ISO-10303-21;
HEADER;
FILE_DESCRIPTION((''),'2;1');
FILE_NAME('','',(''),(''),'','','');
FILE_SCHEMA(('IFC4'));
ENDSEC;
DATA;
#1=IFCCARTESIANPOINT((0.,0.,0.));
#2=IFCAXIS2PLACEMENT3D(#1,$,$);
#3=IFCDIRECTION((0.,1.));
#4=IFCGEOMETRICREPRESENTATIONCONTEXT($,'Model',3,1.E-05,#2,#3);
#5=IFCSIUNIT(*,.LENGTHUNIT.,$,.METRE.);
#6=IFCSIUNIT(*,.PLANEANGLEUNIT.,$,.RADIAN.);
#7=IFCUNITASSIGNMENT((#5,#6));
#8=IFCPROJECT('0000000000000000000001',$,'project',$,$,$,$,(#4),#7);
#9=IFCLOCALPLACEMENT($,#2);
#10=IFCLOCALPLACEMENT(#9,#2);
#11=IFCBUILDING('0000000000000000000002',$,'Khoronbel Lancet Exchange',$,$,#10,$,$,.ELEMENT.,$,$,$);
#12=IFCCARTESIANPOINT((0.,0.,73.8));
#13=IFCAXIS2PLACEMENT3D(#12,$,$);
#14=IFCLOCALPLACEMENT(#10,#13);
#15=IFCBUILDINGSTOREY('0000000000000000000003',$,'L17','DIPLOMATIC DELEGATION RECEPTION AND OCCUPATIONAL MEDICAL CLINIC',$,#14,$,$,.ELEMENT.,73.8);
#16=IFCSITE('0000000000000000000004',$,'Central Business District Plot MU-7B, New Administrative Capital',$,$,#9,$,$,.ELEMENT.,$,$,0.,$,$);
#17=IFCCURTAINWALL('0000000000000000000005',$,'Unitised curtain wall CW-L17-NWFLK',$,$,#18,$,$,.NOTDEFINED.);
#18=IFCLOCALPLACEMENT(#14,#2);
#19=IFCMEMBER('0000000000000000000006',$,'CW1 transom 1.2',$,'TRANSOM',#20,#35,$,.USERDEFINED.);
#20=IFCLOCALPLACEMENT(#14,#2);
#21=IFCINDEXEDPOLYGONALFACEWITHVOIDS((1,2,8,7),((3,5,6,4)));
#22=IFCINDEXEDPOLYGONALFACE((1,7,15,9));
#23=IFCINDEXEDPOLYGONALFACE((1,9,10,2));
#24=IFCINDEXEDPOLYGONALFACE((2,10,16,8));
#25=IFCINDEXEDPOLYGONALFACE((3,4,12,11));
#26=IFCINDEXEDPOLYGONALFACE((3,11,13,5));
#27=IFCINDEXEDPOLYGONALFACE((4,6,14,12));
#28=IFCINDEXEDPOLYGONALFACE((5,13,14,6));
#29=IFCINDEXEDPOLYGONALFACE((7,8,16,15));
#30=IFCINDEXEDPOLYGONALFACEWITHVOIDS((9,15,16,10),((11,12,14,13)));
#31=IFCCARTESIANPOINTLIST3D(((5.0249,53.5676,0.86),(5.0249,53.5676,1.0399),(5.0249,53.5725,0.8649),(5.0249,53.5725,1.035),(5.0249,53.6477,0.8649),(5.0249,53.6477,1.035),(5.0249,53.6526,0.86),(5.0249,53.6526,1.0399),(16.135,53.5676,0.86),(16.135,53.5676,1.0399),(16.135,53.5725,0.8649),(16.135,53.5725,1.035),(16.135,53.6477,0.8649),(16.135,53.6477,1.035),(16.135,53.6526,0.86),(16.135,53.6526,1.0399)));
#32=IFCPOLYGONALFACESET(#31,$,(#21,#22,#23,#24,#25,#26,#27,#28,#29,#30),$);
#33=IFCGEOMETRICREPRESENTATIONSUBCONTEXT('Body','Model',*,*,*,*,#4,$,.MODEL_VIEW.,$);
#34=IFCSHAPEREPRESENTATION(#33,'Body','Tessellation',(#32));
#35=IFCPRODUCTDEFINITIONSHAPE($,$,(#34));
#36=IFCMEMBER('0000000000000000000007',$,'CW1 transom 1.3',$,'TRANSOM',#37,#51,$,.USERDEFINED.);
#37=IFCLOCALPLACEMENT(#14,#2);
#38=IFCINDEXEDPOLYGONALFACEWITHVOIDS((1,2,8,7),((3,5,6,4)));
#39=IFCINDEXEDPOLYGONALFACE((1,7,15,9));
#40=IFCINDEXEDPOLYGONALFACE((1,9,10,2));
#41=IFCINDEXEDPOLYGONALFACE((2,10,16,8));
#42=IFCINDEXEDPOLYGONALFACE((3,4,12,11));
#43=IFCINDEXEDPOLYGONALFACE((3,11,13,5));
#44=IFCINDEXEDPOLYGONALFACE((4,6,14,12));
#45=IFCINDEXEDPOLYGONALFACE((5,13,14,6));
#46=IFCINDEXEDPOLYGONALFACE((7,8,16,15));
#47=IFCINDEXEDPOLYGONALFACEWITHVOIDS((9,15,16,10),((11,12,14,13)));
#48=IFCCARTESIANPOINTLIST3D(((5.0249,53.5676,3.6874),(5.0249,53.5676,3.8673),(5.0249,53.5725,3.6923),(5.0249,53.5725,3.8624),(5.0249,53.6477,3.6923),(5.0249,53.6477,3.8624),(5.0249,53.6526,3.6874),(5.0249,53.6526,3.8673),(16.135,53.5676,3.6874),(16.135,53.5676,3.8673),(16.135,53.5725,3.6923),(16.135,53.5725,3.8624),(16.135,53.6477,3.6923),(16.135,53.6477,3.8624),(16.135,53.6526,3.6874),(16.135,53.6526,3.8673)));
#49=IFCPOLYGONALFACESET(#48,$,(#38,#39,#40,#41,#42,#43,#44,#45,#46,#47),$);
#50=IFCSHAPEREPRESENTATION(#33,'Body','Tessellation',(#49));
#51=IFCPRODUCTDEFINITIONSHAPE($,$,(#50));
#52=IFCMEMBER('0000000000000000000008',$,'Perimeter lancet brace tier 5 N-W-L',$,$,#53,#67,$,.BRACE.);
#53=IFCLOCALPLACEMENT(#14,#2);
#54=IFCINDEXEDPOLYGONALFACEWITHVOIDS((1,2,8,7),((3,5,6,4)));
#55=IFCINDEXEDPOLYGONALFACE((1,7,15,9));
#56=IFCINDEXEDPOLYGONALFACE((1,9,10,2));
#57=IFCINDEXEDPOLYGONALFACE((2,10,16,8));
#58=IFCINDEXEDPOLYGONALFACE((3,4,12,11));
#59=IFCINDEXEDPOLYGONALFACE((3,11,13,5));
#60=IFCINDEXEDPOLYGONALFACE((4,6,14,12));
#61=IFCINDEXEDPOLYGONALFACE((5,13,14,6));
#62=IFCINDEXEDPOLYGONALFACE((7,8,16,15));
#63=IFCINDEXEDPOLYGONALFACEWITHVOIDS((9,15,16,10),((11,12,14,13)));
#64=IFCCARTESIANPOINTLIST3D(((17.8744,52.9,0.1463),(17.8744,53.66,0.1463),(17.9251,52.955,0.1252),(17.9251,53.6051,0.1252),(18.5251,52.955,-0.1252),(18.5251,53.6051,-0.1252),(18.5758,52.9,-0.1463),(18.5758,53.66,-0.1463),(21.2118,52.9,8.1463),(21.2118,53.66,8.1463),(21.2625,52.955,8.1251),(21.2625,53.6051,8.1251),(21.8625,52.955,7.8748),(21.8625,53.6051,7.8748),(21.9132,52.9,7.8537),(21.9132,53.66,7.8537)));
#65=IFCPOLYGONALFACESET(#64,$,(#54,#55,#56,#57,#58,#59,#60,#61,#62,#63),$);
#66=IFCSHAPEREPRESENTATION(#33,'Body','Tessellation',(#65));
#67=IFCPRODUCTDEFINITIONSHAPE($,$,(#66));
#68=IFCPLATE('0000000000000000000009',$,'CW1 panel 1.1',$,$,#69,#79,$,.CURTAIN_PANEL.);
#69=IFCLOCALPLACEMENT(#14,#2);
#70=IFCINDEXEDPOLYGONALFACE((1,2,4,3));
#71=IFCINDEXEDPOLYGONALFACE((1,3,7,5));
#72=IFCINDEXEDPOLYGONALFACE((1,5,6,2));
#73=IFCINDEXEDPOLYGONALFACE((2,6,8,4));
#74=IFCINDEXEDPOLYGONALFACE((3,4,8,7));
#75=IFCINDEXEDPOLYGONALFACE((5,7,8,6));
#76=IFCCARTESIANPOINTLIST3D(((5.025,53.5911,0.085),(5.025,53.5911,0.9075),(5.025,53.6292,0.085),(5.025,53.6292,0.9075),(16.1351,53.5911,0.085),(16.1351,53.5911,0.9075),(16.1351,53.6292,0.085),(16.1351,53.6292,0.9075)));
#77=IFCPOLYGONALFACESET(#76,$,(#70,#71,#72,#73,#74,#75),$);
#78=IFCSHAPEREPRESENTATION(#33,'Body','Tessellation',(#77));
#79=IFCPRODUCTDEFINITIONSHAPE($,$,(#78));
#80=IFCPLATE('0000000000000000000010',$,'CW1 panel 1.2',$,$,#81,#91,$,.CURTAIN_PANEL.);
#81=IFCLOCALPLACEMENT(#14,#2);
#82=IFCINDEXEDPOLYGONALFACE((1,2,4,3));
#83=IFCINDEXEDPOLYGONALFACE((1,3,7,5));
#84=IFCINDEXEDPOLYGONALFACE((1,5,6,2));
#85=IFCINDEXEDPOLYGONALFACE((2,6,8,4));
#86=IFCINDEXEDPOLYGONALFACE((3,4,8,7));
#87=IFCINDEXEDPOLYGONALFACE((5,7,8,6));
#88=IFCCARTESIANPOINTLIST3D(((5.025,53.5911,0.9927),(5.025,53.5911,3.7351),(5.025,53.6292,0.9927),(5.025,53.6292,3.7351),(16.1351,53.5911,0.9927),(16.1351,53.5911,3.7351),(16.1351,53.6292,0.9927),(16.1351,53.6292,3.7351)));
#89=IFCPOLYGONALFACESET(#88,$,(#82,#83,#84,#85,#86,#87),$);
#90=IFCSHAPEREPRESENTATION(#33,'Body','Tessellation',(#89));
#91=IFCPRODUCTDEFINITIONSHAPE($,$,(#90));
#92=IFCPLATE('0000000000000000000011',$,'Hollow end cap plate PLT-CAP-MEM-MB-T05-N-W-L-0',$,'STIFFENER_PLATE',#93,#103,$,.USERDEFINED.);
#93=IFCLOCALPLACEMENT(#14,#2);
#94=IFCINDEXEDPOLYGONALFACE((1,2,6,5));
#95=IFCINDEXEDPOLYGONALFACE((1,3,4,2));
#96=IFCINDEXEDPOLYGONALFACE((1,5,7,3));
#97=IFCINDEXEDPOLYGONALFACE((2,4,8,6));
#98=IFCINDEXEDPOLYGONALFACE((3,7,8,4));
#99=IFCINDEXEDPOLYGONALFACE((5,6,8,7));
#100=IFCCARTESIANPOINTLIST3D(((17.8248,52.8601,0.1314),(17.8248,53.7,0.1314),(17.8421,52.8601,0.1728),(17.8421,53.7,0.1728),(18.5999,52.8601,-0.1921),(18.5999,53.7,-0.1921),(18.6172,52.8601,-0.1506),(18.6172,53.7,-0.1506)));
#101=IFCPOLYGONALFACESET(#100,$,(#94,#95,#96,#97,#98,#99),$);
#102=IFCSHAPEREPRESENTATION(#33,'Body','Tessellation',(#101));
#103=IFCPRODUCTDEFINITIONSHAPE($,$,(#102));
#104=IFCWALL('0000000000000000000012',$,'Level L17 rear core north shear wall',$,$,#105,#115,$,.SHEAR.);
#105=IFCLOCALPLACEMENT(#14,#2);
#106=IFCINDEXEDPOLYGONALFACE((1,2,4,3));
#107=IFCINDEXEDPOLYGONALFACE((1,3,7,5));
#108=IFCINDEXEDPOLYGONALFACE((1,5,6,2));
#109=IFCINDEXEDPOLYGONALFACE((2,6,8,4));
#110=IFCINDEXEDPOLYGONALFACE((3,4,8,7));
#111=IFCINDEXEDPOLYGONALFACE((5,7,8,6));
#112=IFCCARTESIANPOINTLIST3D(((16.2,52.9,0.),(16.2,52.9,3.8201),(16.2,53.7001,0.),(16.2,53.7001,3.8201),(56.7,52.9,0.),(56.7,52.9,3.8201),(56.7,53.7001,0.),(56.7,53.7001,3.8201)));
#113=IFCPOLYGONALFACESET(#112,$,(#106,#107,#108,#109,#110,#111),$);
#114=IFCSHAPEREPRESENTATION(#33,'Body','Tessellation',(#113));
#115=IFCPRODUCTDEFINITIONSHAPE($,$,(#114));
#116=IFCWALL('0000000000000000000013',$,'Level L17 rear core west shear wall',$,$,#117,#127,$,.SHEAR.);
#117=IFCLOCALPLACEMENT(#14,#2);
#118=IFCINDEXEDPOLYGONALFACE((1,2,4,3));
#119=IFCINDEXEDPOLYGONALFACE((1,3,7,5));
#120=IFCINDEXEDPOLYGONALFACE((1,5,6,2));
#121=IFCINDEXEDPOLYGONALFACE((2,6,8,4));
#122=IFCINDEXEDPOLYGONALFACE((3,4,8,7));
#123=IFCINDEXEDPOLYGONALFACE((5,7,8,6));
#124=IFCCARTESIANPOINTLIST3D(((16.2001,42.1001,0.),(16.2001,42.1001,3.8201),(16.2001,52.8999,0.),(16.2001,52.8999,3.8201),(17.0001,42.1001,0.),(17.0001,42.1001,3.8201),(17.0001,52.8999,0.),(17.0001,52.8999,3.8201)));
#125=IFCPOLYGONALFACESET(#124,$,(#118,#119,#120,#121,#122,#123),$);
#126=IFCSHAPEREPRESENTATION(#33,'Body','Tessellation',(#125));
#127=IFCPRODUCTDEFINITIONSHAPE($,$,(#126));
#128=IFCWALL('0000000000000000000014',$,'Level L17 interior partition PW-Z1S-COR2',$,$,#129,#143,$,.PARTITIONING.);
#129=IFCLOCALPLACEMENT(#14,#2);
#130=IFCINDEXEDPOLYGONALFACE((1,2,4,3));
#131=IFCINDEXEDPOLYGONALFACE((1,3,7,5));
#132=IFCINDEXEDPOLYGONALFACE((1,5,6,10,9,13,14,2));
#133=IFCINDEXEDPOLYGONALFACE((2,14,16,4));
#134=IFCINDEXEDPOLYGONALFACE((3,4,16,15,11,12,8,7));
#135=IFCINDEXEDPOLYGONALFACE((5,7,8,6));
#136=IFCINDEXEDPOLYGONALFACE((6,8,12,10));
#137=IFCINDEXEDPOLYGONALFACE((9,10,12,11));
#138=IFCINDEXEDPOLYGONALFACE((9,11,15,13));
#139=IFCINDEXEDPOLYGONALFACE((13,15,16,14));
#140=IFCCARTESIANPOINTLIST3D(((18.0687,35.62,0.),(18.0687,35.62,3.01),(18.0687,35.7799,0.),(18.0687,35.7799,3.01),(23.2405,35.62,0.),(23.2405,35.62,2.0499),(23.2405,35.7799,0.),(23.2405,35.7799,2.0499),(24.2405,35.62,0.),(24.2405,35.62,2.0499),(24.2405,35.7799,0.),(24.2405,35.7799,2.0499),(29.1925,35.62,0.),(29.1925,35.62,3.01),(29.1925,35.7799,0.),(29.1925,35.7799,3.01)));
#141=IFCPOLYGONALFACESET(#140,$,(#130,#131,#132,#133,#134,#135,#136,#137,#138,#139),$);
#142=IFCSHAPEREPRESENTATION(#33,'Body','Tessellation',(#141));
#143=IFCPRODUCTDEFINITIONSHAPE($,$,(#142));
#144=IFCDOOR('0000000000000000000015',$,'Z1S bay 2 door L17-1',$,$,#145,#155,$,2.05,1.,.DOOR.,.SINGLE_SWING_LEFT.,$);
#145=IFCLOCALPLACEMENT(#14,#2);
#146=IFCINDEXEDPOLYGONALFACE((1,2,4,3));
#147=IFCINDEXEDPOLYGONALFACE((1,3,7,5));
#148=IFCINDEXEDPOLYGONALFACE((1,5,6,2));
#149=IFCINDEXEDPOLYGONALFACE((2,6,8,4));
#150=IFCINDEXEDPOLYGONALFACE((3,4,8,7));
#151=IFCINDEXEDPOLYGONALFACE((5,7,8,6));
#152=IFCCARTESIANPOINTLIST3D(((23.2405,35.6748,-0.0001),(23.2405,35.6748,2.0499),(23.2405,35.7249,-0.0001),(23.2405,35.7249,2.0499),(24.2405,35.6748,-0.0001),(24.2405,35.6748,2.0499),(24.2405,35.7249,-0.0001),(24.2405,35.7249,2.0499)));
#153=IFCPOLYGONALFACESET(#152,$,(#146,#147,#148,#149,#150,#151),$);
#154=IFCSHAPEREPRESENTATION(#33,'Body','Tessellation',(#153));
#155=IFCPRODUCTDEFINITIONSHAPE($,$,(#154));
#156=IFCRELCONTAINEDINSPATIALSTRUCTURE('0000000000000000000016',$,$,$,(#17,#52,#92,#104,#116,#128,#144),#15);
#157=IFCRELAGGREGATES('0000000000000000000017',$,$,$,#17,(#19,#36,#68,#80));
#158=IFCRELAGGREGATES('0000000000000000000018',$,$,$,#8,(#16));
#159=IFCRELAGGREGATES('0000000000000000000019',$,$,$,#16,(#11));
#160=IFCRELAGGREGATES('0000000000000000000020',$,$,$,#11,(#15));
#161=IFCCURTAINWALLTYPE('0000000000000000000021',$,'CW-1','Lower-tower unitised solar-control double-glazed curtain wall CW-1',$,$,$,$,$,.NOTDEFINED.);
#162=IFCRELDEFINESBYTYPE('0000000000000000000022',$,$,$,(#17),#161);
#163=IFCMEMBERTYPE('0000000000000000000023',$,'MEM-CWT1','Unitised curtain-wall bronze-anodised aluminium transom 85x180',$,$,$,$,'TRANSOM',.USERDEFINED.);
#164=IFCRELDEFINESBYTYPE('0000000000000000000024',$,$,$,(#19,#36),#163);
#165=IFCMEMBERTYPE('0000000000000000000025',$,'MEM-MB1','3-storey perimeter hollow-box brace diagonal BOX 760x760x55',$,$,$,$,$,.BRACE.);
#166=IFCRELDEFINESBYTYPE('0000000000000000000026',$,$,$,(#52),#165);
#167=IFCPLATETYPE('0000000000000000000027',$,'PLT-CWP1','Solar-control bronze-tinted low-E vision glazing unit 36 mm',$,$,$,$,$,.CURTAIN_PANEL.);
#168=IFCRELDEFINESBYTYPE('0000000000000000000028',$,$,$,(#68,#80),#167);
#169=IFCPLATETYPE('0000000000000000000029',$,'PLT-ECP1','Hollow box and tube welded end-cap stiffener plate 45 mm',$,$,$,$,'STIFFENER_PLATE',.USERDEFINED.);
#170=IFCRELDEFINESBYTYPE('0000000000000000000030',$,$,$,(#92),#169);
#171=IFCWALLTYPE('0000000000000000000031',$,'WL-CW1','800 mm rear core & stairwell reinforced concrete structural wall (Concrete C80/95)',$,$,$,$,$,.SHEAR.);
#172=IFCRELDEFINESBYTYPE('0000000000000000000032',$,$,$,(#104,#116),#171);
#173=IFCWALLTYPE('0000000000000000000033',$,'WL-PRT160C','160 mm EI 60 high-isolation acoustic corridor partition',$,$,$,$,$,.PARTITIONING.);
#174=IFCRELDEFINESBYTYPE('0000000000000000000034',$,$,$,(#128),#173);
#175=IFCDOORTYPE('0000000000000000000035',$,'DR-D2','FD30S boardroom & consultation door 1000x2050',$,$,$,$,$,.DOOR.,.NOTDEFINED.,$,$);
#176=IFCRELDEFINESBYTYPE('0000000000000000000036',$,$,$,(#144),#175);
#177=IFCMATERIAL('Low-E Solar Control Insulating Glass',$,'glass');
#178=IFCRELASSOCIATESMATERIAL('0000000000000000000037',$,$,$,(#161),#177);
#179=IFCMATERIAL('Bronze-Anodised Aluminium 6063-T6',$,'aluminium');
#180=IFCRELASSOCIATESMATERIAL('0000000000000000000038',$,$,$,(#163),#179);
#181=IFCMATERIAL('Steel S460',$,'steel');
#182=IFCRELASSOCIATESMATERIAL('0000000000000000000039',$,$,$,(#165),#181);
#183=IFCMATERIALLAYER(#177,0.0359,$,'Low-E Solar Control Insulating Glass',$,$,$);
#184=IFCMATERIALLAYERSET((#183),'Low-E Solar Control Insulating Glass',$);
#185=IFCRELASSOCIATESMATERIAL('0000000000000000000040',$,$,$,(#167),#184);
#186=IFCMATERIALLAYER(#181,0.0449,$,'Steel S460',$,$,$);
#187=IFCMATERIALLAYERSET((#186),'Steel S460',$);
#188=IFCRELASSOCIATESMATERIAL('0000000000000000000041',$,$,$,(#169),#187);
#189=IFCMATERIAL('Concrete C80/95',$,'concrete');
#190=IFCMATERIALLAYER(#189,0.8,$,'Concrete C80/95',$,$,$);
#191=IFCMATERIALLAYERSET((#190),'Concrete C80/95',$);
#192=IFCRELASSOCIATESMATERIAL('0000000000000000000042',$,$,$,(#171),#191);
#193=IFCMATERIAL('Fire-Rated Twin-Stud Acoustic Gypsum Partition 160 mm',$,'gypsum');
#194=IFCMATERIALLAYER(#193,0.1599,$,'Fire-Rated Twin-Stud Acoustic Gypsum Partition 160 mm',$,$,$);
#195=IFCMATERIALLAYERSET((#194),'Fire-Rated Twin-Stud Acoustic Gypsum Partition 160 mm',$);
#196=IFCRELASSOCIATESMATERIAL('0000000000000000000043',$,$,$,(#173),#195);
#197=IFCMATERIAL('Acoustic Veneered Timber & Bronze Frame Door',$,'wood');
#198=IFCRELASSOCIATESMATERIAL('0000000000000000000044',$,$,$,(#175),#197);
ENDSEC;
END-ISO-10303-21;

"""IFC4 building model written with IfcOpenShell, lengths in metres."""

from ifc_helpers import new_model, si_unit, direction, frame, frame_2d, origin, origin_2d, place, context, subcontext, project, spatial, polyline, rectangle, hollow_rectangle, outline, extrude, material, layer, layer_set, material_profile, profile_set, type_object, element, fill, aggregate, save


model = new_model("IFC4")

# Units and contexts
model_context = context("Model", 3, precision=1e-05, world=origin(), true_north=direction((0.0, 1.0)))
body_context = subcontext(model_context, "Body", "Model", "MODEL_VIEW")
ifc_project = project(units=[si_unit("LENGTHUNIT", "METRE"), si_unit("PLANEANGLEUNIT", "RADIAN")], contexts=[model_context])

# Site, building, storey
site_placement = place(None, origin())
site = spatial("IfcSite", under=ifc_project, at=site_placement, Name="Central Business District Plot MU-7B, New Administrative Capital", CompositionType="ELEMENT", RefElevation=0.0)
building_placement = place(site_placement, origin())
building = spatial("IfcBuilding", under=site, at=building_placement, Name="Khoronbel Lancet Exchange", CompositionType="ELEMENT")
storey_placement = place(building_placement, frame((0.0, 0.0, 73.8)))
storey = spatial("IfcBuildingStorey", under=building, at=storey_placement, Name="L17", Description="DIPLOMATIC DELEGATION RECEPTION AND OCCUPATIONAL MEDICAL CLINIC", CompositionType="ELEMENT", Elevation=73.8)

# Shared definitions
ifc_material_1 = material(Name="Steel S460", Category="steel")

# Curtain wall, members
ifc_material_2 = material(Name="Low-E Solar Control Insulating Glass", Category="glass")
curtain_wall_type = type_object("IfcCurtainWallType", Name="CW-1", Description="Lower-tower unitised solar-control double-glazed curtain wall CW-1", PredefinedType="NOTDEFINED", material=ifc_material_2)
curtain_wall_placement = place(storey_placement, origin())
curtain_wall = element("IfcCurtainWall", 1, at=curtain_wall_placement, inside=storey, type_object=curtain_wall_type, Name="Unitised curtain wall CW-L17-NWFLK", PredefinedType="NOTDEFINED")
ifc_material_3 = material(Name="Bronze-Anodised Aluminium 6063-T6", Category="aluminium")
ifc_material_profile_1 = material_profile(ifc_material_3, hollow_rectangle(XDim=0.085, YDim=0.1799, WallThickness=0.0049, at=origin_2d()), Name="ALU TRANSOM 85x180")
ifc_profile_set_1 = profile_set([ifc_material_profile_1], Name="Bronze-Anodised Aluminium 6063-T6")
member_type_1 = type_object("IfcMemberType", Name="MEM-CWT1", Description="Unitised curtain-wall bronze-anodised aluminium transom 85x180", ElementType="TRANSOM", PredefinedType="USERDEFINED", material=ifc_profile_set_1)
member_1_placement = place(storey_placement, frame((16.135, 53.6101, 0.95), z_axis=(-1.0, 0.0, 0.0), x_axis=(0.0, -1.0, 0.0)))
member_1 = element("IfcMember", 2, at=member_1_placement, type_object=member_type_1, Name="CW1 transom 1.2", ObjectType="TRANSOM", PredefinedType="USERDEFINED", context=body_context, shape_type="SweptSolid", body=[
    extrude(hollow_rectangle(XDim=0.085, YDim=0.1799, WallThickness=0.0049, at=origin_2d()), origin(), (0.0, 0.0, 1.0), 11.1101),
])
member_2_placement = place(storey_placement, frame((16.135, 53.6101, 3.7773), z_axis=(-1.0, 0.0, 0.0), x_axis=(0.0, -1.0, 0.0)))
member_2 = element("IfcMember", 3, at=member_2_placement, type_object=member_type_1, Name="CW1 transom 1.3", ObjectType="TRANSOM", PredefinedType="USERDEFINED", context=body_context, shape_type="SweptSolid", body=[
    extrude(hollow_rectangle(XDim=0.085, YDim=0.1799, WallThickness=0.0049, at=origin_2d()), origin(), (0.0, 0.0, 1.0), 11.1101),
])

# Member
ifc_material_profile_2 = material_profile(ifc_material_1, hollow_rectangle(XDim=0.76, YDim=0.76, WallThickness=0.0549, at=origin_2d()), Name="BOX 760x760x55")
ifc_profile_set_2 = profile_set([ifc_material_profile_2], Name="Steel S460")
member_type_2 = type_object("IfcMemberType", Name="MEM-MB1", Description="3-storey perimeter hollow-box brace diagonal BOX 760x760x55", PredefinedType="BRACE", material=ifc_profile_set_2)
member_3_placement = place(storey_placement, frame((18.2251, 53.28, 0.0), z_axis=(0.385015, 0.0, 0.92291), x_axis=(0.0, 1.0, 0.0)))
element("IfcMember", 4, at=member_3_placement, inside=storey, type_object=member_type_2, Name="Perimeter lancet brace tier 5 N-W-L", PredefinedType="BRACE", context=body_context, shape_type="SweptSolid", body=[
    extrude(hollow_rectangle(XDim=0.76, YDim=0.76, WallThickness=0.0549, at=origin_2d()), origin(), (0.0, 0.0, 1.0), 8.6682),
])

# Plates
ifc_layer_1 = layer(ifc_material_2, 0.0359, Name="Low-E Solar Control Insulating Glass")
ifc_layer_set_1 = layer_set([ifc_layer_1], Name="Low-E Solar Control Insulating Glass")
plate_type_1 = type_object("IfcPlateType", Name="PLT-CWP1", Description="Solar-control bronze-tinted low-E vision glazing unit 36 mm", PredefinedType="CURTAIN_PANEL", material=ifc_layer_set_1)
plate_1_placement = place(storey_placement, frame((10.5801, 53.6101, 0.085), z_axis=(0.0, 0.0, 1.0), x_axis=(-1.0, 0.0, 0.0)))
plate_1 = element("IfcPlate", 5, at=plate_1_placement, type_object=plate_type_1, Name="CW1 panel 1.1", PredefinedType="CURTAIN_PANEL", context=body_context, shape_type="SweptSolid", body=[
    extrude(rectangle(XDim=11.1101, YDim=0.0381, at=origin_2d()), origin(), (0.0, 0.0, 1.0), 0.8225),
])
plate_2_placement = place(storey_placement, frame((10.5801, 53.6101, 0.9927), z_axis=(0.0, 0.0, 1.0), x_axis=(-1.0, 0.0, 0.0)))
plate_2 = element("IfcPlate", 6, at=plate_2_placement, type_object=plate_type_1, Name="CW1 panel 1.2", PredefinedType="CURTAIN_PANEL", context=body_context, shape_type="SweptSolid", body=[
    extrude(rectangle(XDim=11.1101, YDim=0.0381, at=origin_2d()), origin(), (0.0, 0.0, 1.0), 2.7424),
])
aggregate(curtain_wall, [member_1, member_2, plate_1, plate_2])
ifc_layer_2 = layer(ifc_material_1, 0.0449, Name="Steel S460")
ifc_layer_set_2 = layer_set([ifc_layer_2], Name="Steel S460")
plate_type_2 = type_object("IfcPlateType", Name="PLT-ECP1", Description="Hollow box and tube welded end-cap stiffener plate 45 mm", ElementType="STIFFENER_PLATE", PredefinedType="USERDEFINED", material=ifc_layer_set_2)
plate_3_placement = place(storey_placement, frame((18.6172, 52.8601, -0.1506), z_axis=(0.385131, 0.0, 0.922862), x_axis=(0.0, 1.0, 0.0)))
element("IfcPlate", 7, at=plate_3_placement, inside=storey, type_object=plate_type_2, Name="Hollow end cap plate PLT-CAP-MEM-MB-T05-N-W-L-0", ObjectType="STIFFENER_PLATE", PredefinedType="USERDEFINED", context=body_context, shape_type="SweptSolid", body=[
    extrude(outline(polyline([(0.0, 0.0), (0.8398, 0.0), (0.8398, 0.8398), (0.0, 0.8398), (0.0, 0.0)])), origin(), (0.0, 0.0, -1.0), 0.0449),
])

# Walls
ifc_material_4 = material(Name="Concrete C80/95", Category="concrete")
ifc_layer_3 = layer(ifc_material_4, 0.8, Name="Concrete C80/95")
ifc_layer_set_3 = layer_set([ifc_layer_3], Name="Concrete C80/95")
wall_type_1 = type_object("IfcWallType", Name="WL-CW1", Description="800 mm rear core & stairwell reinforced concrete structural wall (Concrete C80/95)", PredefinedType="SHEAR", material=ifc_layer_set_3)
wall_1_placement = place(storey_placement, frame((16.2, 53.3, 0.0), z_axis=(0.0, 0.0, 1.0), x_axis=(1.0, 0.0, 0.0)))
element("IfcWall", 8, at=wall_1_placement, inside=storey, type_object=wall_type_1, Name="Level L17 rear core north shear wall", PredefinedType="SHEAR", context=body_context, shape_type="SweptSolid", body=[
    extrude(rectangle(XDim=40.5, YDim=0.8, at=frame_2d((20.25, 0.0))), origin(), (0.0, 0.0, 1.0), 3.8201),
])
wall_2_placement = place(storey_placement, frame((16.6001, 42.1001, 0.0), z_axis=(0.0, 0.0, 1.0), x_axis=(0.0, 1.0, 0.0)))
element("IfcWall", 9, at=wall_2_placement, inside=storey, type_object=wall_type_1, Name="Level L17 rear core west shear wall", PredefinedType="SHEAR", context=body_context, shape_type="SweptSolid", body=[
    extrude(rectangle(XDim=10.7998, YDim=0.8, at=frame_2d((5.3999, 0.0))), origin(), (0.0, 0.0, 1.0), 3.8201),
])

# Wall, opening, door
ifc_material_5 = material(Name="Fire-Rated Twin-Stud Acoustic Gypsum Partition 160 mm", Category="gypsum")
ifc_layer_4 = layer(ifc_material_5, 0.1599, Name="Fire-Rated Twin-Stud Acoustic Gypsum Partition 160 mm")
ifc_layer_set_4 = layer_set([ifc_layer_4], Name="Fire-Rated Twin-Stud Acoustic Gypsum Partition 160 mm")
wall_type_2 = type_object("IfcWallType", Name="WL-PRT160C", Description="160 mm EI 60 high-isolation acoustic corridor partition", PredefinedType="PARTITIONING", material=ifc_layer_set_4)
wall_3_placement = place(storey_placement, frame((18.0686, 35.7, 0.0), z_axis=(0.0, 0.0, 1.0), x_axis=(1.0, 0.0, 0.0)))
wall_3 = element("IfcWall", 10, at=wall_3_placement, inside=storey, type_object=wall_type_2, Name="Level L17 interior partition PW-Z1S-COR2", PredefinedType="PARTITIONING", context=body_context, shape_type="SweptSolid", body=[
    extrude(rectangle(XDim=11.1238, YDim=0.1599, at=frame_2d((5.562, 0.0))), origin(), (0.0, 0.0, 1.0), 3.01),
])
opening_1_placement = place(wall_3_placement, frame((5.1719, 0.0, 0.0)))
opening_1 = element("IfcOpeningElement", 11, at=opening_1_placement, cuts=wall_3, PredefinedType="OPENING", context=body_context, shape_type="SweptSolid", body=[
    extrude(rectangle(XDim=1.0, YDim=2.05, at=frame_2d((0.5, 1.0249))), frame((0.0, 0.0898, 0.0), z_axis=(0.0, -1.0, 0.0), x_axis=(1.0, 0.0, 0.0)), (0.0, 0.0, 1.0), 0.1799),
])
ifc_material_6 = material(Name="Acoustic Veneered Timber & Bronze Frame Door", Category="wood")
door_type_1 = type_object("IfcDoorType", Name="DR-D2", Description="FD30S boardroom & consultation door 1000x2050", OperationType="NOTDEFINED", PredefinedType="DOOR", material=ifc_material_6)
door_1_placement = place(opening_1_placement, origin())
door_1 = element("IfcDoor", 12, at=door_1_placement, inside=storey, type_object=door_type_1, Name="Z1S bay 2 door L17-1", OperationType="SINGLE_SWING_LEFT", OverallHeight=2.05, OverallWidth=1.0, PredefinedType="DOOR", context=body_context, shape_type="SweptSolid", body=[
    extrude(rectangle(XDim=1.0, YDim=2.05, at=frame_2d((0.5, 1.0249))), frame((0.0, 0.0249, 0.0), z_axis=(0.0, -1.0, 0.0), x_axis=(1.0, 0.0, 0.0)), (0.0, 0.0, 1.0), 0.05),
])
fill(opening_1, door_1)

save(model, "model.ifc")
